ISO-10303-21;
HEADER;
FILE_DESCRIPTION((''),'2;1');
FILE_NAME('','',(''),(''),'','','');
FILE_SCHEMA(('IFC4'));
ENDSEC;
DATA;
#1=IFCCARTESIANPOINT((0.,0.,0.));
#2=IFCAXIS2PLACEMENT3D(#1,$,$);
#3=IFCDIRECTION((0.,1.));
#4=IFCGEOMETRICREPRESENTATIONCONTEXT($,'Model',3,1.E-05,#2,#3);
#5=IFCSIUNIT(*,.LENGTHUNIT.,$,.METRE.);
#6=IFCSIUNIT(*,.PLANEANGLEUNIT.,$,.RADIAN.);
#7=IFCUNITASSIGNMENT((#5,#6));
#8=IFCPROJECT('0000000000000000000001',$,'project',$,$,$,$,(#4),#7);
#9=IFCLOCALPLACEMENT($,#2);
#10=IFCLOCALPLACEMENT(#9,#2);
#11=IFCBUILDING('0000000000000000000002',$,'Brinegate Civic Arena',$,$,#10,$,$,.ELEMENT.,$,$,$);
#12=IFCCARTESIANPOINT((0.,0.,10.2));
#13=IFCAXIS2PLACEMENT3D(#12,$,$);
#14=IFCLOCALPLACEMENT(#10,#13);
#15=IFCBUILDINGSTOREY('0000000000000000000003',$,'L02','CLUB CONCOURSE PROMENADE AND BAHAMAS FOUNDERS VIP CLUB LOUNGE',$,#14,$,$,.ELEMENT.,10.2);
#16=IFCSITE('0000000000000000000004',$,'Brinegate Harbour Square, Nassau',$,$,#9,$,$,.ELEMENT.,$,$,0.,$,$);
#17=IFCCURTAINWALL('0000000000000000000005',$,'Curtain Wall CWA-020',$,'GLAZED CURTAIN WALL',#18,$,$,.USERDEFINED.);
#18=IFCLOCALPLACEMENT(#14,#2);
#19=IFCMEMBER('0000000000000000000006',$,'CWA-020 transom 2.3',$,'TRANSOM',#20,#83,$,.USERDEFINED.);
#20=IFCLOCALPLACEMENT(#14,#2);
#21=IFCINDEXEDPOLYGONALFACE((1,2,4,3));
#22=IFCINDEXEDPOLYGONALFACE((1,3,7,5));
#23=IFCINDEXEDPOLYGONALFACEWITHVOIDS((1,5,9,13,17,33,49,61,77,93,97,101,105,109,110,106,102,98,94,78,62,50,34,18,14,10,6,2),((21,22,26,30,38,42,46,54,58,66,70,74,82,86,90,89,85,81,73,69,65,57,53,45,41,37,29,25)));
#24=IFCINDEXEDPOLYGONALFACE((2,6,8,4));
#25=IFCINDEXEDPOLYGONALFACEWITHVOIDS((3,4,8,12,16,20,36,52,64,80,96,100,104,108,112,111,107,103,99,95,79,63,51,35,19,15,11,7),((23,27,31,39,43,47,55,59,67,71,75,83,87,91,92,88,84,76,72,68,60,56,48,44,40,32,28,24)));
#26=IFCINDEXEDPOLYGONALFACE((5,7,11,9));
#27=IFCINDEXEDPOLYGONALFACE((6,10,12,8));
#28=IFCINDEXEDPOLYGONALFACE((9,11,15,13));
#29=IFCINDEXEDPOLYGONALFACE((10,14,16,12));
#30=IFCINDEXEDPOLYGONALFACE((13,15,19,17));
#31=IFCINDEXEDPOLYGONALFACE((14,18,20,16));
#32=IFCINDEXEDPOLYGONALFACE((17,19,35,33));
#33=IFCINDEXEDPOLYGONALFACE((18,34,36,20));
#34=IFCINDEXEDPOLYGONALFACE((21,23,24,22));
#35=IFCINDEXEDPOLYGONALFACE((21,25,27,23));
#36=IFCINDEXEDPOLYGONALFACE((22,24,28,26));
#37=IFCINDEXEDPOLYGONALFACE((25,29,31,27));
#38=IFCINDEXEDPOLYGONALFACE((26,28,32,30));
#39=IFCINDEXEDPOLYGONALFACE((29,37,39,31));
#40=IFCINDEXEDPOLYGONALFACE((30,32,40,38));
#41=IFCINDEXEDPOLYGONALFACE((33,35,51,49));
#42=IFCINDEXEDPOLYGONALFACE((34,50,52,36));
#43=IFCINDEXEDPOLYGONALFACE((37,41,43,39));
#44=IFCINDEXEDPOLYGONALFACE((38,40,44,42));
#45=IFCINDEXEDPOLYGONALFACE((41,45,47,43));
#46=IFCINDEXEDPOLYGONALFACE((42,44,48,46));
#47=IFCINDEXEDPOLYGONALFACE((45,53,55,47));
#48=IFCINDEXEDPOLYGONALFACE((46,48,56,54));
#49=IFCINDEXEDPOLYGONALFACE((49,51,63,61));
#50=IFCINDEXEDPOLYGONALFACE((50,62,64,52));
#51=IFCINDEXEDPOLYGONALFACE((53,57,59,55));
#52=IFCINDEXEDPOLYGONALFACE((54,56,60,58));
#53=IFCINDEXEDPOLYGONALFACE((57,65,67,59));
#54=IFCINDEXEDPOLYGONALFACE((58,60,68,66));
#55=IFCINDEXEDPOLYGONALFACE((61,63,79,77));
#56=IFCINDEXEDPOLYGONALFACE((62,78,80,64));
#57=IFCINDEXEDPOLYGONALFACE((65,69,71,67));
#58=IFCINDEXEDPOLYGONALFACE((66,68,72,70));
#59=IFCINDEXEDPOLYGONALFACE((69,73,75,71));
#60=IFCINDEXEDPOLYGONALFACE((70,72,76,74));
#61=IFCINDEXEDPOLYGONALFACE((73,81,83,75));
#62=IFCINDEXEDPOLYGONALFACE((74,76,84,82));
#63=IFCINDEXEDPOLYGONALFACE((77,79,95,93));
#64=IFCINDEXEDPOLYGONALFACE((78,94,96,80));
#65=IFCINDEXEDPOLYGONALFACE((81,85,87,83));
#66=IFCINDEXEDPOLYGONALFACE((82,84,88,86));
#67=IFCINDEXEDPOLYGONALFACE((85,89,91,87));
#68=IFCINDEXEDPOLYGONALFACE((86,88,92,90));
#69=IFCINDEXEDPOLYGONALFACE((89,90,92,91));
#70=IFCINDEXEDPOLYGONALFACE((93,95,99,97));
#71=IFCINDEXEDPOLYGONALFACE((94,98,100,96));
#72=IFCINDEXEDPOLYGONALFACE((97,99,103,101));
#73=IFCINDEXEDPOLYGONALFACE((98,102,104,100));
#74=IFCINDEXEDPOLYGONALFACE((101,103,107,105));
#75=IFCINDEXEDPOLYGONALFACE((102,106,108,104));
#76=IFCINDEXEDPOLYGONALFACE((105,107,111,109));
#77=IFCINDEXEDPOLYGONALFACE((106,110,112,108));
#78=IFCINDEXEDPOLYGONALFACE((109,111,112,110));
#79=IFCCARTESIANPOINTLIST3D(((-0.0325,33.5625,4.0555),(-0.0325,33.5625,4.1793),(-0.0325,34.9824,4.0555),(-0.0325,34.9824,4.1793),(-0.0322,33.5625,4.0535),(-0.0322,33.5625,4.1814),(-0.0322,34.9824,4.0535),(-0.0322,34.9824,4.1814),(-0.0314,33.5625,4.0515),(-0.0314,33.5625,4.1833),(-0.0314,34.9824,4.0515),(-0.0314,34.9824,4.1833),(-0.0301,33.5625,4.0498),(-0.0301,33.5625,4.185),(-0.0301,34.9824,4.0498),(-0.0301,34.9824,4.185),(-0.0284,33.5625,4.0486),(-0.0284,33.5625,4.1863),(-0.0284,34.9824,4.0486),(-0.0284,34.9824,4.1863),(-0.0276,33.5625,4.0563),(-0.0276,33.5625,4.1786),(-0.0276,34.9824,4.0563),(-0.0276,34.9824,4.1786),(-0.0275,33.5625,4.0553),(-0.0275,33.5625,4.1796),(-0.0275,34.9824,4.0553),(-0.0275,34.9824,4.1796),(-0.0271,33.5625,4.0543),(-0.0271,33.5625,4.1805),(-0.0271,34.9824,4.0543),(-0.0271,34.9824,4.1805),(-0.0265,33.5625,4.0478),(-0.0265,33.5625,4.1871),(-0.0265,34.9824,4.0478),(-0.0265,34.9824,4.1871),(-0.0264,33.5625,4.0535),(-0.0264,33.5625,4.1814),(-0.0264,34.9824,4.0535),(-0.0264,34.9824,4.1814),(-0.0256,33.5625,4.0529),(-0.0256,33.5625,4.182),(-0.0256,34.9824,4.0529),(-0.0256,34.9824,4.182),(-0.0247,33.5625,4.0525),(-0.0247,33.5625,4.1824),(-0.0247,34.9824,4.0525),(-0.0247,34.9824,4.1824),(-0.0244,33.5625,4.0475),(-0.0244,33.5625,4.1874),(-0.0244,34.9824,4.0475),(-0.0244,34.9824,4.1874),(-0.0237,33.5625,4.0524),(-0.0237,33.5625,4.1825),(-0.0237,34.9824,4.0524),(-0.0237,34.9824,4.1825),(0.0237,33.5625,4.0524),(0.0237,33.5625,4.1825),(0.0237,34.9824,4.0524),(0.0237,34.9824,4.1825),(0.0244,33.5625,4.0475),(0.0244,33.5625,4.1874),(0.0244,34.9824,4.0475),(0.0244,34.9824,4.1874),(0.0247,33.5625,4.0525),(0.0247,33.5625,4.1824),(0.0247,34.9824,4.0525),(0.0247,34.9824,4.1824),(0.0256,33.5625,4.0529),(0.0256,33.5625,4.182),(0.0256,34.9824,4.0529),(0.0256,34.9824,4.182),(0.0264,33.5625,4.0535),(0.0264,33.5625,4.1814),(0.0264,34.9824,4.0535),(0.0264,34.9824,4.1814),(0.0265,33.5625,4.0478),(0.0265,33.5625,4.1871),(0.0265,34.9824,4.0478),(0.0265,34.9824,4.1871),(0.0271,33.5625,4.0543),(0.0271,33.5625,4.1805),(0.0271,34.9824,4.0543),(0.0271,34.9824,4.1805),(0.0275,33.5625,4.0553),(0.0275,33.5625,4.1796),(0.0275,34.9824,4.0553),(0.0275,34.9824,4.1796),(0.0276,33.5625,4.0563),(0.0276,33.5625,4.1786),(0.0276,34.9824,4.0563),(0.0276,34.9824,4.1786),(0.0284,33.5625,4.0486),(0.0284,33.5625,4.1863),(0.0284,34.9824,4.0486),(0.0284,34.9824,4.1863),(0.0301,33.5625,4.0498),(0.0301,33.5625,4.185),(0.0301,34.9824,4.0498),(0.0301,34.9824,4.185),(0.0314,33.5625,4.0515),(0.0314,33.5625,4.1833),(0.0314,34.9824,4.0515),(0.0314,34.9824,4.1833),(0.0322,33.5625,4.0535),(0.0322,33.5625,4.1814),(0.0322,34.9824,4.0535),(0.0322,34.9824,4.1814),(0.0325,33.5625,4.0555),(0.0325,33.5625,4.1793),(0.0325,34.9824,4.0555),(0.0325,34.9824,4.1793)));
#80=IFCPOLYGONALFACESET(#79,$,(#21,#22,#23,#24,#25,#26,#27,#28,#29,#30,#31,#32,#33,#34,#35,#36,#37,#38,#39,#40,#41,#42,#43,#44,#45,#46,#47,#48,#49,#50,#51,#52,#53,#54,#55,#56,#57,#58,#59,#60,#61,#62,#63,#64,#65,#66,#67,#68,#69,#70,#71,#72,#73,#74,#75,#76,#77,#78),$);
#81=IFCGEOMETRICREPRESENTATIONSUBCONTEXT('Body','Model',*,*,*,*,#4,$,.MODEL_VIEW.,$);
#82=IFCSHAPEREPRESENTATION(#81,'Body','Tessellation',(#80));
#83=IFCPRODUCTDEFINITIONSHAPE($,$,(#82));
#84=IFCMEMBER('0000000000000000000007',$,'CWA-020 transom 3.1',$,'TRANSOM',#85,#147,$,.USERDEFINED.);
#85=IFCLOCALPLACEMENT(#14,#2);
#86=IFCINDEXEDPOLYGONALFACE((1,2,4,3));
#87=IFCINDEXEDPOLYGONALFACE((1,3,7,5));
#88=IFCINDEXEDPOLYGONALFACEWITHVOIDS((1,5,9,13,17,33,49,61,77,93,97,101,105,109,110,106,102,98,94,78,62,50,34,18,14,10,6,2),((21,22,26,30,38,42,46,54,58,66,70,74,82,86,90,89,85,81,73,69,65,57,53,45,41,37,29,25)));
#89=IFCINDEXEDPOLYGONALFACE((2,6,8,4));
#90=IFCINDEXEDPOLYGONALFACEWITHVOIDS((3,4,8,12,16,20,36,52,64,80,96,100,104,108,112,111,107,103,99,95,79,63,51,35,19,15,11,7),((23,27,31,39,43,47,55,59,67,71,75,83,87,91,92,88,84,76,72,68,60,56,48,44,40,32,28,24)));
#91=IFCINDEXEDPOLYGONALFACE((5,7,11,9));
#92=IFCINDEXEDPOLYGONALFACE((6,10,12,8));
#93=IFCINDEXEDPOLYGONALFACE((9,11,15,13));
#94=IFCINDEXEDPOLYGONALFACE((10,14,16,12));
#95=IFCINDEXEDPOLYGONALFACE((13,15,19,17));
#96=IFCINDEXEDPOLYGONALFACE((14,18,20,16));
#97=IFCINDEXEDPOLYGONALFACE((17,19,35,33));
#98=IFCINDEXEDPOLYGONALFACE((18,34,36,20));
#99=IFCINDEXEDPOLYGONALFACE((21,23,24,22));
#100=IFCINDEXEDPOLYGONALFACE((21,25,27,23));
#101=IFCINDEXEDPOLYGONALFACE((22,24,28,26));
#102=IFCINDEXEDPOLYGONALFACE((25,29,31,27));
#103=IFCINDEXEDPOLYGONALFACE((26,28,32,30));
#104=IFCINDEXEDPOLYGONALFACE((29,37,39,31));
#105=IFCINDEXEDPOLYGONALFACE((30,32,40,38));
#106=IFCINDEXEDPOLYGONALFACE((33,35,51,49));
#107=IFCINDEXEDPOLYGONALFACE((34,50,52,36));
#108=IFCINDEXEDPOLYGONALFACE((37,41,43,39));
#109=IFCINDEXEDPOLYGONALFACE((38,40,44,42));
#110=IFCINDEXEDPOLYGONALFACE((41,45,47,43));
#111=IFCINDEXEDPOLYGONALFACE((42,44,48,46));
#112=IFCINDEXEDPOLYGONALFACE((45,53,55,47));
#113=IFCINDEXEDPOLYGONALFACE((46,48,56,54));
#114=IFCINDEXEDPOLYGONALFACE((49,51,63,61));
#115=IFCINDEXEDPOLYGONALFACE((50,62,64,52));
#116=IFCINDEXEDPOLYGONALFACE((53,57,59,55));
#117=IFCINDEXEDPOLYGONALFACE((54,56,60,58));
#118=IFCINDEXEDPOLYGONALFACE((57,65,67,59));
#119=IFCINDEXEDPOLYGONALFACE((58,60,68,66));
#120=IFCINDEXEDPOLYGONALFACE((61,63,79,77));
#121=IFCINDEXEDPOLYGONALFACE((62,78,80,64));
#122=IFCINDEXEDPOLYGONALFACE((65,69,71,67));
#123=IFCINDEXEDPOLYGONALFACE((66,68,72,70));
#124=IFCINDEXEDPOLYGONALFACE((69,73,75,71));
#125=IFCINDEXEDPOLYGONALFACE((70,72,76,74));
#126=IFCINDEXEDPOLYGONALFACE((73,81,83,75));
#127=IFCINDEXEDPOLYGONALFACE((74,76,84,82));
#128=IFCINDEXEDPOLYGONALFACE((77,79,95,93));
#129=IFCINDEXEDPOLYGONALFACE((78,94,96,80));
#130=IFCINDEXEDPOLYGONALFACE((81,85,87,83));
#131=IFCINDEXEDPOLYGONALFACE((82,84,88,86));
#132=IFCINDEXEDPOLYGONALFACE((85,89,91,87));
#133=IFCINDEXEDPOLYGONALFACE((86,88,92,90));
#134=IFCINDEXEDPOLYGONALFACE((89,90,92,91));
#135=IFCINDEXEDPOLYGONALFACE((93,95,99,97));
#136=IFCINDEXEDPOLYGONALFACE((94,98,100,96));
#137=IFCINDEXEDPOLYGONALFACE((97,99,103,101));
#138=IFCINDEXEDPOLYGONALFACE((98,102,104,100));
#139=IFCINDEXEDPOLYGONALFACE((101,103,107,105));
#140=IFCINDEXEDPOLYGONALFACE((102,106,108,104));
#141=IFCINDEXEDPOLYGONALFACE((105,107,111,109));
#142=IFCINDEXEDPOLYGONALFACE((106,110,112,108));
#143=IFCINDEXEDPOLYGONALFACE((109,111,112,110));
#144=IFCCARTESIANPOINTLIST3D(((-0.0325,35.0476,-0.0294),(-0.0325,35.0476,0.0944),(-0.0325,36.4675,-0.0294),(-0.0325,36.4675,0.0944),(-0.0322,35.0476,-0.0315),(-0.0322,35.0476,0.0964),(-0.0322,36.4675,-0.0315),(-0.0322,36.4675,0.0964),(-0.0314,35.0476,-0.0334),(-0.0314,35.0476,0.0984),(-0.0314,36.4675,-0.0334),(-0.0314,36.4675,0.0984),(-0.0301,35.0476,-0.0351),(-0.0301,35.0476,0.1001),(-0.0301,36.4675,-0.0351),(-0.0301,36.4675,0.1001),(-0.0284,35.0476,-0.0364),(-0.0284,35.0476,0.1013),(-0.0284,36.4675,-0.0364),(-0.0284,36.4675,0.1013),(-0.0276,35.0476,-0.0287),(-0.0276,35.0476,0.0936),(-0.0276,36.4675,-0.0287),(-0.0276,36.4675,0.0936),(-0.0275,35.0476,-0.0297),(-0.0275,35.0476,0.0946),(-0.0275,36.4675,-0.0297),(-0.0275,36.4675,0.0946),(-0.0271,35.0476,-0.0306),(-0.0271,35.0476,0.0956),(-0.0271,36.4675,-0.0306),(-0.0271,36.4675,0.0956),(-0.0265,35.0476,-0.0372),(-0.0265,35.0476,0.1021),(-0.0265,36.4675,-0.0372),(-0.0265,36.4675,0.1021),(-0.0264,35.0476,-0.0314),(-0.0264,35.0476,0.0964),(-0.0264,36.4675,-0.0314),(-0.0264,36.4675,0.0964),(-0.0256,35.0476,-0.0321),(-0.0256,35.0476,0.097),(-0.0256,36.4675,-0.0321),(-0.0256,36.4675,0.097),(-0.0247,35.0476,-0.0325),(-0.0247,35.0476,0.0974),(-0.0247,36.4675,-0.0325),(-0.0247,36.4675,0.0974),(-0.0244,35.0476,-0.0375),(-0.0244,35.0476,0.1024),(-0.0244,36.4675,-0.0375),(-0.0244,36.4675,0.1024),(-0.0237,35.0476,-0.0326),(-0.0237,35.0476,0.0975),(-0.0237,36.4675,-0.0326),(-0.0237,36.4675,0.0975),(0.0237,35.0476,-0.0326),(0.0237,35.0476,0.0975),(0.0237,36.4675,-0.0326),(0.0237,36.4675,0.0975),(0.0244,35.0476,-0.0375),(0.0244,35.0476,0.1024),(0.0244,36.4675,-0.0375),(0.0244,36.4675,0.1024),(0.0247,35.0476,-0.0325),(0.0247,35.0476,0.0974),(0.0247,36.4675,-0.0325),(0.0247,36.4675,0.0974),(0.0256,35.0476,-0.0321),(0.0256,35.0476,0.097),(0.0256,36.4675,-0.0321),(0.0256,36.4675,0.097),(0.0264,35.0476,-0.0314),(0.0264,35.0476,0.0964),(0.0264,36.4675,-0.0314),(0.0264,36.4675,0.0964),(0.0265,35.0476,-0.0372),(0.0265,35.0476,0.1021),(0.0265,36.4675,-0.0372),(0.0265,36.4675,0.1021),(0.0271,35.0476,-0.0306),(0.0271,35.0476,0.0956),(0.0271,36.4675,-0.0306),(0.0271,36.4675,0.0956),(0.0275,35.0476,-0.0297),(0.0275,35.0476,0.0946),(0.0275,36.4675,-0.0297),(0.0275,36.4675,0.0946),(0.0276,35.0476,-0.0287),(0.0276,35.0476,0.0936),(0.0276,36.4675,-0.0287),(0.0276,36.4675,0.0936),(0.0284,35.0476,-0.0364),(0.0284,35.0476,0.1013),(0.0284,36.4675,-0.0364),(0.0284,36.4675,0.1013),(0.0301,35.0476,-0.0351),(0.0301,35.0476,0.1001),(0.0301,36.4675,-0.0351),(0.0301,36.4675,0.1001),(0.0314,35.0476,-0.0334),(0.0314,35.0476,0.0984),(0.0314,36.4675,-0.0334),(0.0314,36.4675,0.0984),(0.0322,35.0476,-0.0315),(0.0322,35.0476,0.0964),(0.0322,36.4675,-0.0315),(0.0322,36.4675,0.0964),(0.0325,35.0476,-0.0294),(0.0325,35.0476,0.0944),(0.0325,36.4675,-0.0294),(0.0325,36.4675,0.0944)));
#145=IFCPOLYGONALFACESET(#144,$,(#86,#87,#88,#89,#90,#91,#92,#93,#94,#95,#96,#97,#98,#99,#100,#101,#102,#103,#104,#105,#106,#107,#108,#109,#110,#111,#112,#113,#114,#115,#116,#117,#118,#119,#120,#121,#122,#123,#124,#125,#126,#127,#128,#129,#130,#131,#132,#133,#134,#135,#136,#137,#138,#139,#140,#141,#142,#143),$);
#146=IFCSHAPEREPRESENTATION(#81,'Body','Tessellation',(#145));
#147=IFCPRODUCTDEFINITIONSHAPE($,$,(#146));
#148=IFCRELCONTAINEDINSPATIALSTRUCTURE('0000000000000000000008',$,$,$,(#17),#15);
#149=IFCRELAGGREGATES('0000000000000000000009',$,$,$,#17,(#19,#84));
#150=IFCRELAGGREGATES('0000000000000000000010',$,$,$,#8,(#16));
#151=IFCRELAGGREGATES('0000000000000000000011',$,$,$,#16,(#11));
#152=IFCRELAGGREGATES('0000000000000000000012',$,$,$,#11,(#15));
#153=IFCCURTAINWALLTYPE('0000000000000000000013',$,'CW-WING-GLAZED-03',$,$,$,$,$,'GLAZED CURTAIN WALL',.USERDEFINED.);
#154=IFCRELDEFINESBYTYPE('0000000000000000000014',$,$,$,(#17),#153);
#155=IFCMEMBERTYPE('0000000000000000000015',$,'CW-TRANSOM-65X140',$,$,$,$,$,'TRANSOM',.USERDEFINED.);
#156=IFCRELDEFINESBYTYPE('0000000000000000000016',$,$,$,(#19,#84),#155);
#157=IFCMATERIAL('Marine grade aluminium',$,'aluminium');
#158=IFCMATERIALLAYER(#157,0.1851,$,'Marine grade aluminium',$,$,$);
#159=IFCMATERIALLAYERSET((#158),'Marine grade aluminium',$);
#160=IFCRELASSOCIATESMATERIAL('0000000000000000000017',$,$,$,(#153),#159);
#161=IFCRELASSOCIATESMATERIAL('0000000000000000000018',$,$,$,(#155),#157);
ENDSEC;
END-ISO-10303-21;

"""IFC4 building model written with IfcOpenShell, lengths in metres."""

from ifc_helpers import new_model, si_unit, direction, frame, origin, origin_2d, place, context, subcontext, project, spatial, hollow_rectangle, extrude, material, layer, layer_set, material_profile, profile_set, type_object, element, aggregate, save


model = new_model("IFC4")

# Units and contexts
model_context = context("Model", 3, precision=1e-05, world=origin(), true_north=direction((0.0, 1.0)))
body_context = subcontext(model_context, "Body", "Model", "MODEL_VIEW")
ifc_project = project(units=[si_unit("LENGTHUNIT", "METRE"), si_unit("PLANEANGLEUNIT", "RADIAN")], contexts=[model_context])

# Site, building, storey
site_placement = place(None, origin())
site = spatial("IfcSite", under=ifc_project, at=site_placement, Name="Brinegate Harbour Square, Nassau", CompositionType="ELEMENT", RefElevation=0.0)
building_placement = place(site_placement, origin())
building = spatial("IfcBuilding", under=site, at=building_placement, Name="Brinegate Civic Arena", CompositionType="ELEMENT")
storey_placement = place(building_placement, frame((0.0, 0.0, 10.2)))
storey = spatial("IfcBuildingStorey", under=building, at=storey_placement, Name="L02", Description="CLUB CONCOURSE PROMENADE AND BAHAMAS FOUNDERS VIP CLUB LOUNGE", CompositionType="ELEMENT", Elevation=10.2)

# Curtain wall, members
ifc_material_1 = material(Name="Marine grade aluminium", Category="aluminium")
ifc_layer_1 = layer(ifc_material_1, 0.1851, Name="Marine grade aluminium")
ifc_layer_set_1 = layer_set([ifc_layer_1], Name="Marine grade aluminium")
curtain_wall_type = type_object("IfcCurtainWallType", Name="CW-WING-GLAZED-03", ElementType="GLAZED CURTAIN WALL", PredefinedType="USERDEFINED", material=ifc_layer_set_1)
curtain_wall_placement = place(storey_placement, origin())
curtain_wall = element("IfcCurtainWall", 1, at=curtain_wall_placement, inside=storey, type_object=curtain_wall_type, Name="Curtain Wall CWA-020", ObjectType="GLAZED CURTAIN WALL", PredefinedType="USERDEFINED")
ifc_material_profile_1 = material_profile(ifc_material_1, hollow_rectangle(XDim=0.0649, YDim=0.1399, WallThickness=0.0049, InnerFilletRadius=0.0039, OuterFilletRadius=0.0081, at=origin_2d()), Name="TRN65X140")
ifc_profile_set_1 = profile_set([ifc_material_profile_1], Name="Marine grade aluminium")
member_type_1 = type_object("IfcMemberType", Name="CW-TRANSOM-65X140", ElementType="TRANSOM", PredefinedType="USERDEFINED", material=ifc_profile_set_1)
member_1_placement = place(storey_placement, frame((0.0, 33.5625, 4.1174), z_axis=(0.0, 1.0, 0.0), x_axis=(-1.0, 0.0, 0.0)))
member_1 = element("IfcMember", 2, at=member_1_placement, type_object=member_type_1, Name="CWA-020 transom 2.3", ObjectType="TRANSOM", PredefinedType="USERDEFINED", context=body_context, shape_type="SweptSolid", body=[
    extrude(hollow_rectangle(XDim=0.0649, YDim=0.1399, WallThickness=0.0049, InnerFilletRadius=0.0039, OuterFilletRadius=0.0081, at=origin_2d()), origin(), (0.0, 0.0, 1.0), 1.4199),
])
member_2_placement = place(storey_placement, frame((0.0, 35.0476, 0.0325), z_axis=(0.0, 1.0, 0.0), x_axis=(-1.0, 0.0, 0.0)))
member_2 = element("IfcMember", 3, at=member_2_placement, type_object=member_type_1, Name="CWA-020 transom 3.1", ObjectType="TRANSOM", PredefinedType="USERDEFINED", context=body_context, shape_type="SweptSolid", body=[
    extrude(hollow_rectangle(XDim=0.0649, YDim=0.1399, WallThickness=0.0049, InnerFilletRadius=0.0039, OuterFilletRadius=0.0081, at=origin_2d()), origin(), (0.0, 0.0, 1.0), 1.4199),
])

aggregate(curtain_wall, [member_1, member_2])

save(model, "model.ifc")
